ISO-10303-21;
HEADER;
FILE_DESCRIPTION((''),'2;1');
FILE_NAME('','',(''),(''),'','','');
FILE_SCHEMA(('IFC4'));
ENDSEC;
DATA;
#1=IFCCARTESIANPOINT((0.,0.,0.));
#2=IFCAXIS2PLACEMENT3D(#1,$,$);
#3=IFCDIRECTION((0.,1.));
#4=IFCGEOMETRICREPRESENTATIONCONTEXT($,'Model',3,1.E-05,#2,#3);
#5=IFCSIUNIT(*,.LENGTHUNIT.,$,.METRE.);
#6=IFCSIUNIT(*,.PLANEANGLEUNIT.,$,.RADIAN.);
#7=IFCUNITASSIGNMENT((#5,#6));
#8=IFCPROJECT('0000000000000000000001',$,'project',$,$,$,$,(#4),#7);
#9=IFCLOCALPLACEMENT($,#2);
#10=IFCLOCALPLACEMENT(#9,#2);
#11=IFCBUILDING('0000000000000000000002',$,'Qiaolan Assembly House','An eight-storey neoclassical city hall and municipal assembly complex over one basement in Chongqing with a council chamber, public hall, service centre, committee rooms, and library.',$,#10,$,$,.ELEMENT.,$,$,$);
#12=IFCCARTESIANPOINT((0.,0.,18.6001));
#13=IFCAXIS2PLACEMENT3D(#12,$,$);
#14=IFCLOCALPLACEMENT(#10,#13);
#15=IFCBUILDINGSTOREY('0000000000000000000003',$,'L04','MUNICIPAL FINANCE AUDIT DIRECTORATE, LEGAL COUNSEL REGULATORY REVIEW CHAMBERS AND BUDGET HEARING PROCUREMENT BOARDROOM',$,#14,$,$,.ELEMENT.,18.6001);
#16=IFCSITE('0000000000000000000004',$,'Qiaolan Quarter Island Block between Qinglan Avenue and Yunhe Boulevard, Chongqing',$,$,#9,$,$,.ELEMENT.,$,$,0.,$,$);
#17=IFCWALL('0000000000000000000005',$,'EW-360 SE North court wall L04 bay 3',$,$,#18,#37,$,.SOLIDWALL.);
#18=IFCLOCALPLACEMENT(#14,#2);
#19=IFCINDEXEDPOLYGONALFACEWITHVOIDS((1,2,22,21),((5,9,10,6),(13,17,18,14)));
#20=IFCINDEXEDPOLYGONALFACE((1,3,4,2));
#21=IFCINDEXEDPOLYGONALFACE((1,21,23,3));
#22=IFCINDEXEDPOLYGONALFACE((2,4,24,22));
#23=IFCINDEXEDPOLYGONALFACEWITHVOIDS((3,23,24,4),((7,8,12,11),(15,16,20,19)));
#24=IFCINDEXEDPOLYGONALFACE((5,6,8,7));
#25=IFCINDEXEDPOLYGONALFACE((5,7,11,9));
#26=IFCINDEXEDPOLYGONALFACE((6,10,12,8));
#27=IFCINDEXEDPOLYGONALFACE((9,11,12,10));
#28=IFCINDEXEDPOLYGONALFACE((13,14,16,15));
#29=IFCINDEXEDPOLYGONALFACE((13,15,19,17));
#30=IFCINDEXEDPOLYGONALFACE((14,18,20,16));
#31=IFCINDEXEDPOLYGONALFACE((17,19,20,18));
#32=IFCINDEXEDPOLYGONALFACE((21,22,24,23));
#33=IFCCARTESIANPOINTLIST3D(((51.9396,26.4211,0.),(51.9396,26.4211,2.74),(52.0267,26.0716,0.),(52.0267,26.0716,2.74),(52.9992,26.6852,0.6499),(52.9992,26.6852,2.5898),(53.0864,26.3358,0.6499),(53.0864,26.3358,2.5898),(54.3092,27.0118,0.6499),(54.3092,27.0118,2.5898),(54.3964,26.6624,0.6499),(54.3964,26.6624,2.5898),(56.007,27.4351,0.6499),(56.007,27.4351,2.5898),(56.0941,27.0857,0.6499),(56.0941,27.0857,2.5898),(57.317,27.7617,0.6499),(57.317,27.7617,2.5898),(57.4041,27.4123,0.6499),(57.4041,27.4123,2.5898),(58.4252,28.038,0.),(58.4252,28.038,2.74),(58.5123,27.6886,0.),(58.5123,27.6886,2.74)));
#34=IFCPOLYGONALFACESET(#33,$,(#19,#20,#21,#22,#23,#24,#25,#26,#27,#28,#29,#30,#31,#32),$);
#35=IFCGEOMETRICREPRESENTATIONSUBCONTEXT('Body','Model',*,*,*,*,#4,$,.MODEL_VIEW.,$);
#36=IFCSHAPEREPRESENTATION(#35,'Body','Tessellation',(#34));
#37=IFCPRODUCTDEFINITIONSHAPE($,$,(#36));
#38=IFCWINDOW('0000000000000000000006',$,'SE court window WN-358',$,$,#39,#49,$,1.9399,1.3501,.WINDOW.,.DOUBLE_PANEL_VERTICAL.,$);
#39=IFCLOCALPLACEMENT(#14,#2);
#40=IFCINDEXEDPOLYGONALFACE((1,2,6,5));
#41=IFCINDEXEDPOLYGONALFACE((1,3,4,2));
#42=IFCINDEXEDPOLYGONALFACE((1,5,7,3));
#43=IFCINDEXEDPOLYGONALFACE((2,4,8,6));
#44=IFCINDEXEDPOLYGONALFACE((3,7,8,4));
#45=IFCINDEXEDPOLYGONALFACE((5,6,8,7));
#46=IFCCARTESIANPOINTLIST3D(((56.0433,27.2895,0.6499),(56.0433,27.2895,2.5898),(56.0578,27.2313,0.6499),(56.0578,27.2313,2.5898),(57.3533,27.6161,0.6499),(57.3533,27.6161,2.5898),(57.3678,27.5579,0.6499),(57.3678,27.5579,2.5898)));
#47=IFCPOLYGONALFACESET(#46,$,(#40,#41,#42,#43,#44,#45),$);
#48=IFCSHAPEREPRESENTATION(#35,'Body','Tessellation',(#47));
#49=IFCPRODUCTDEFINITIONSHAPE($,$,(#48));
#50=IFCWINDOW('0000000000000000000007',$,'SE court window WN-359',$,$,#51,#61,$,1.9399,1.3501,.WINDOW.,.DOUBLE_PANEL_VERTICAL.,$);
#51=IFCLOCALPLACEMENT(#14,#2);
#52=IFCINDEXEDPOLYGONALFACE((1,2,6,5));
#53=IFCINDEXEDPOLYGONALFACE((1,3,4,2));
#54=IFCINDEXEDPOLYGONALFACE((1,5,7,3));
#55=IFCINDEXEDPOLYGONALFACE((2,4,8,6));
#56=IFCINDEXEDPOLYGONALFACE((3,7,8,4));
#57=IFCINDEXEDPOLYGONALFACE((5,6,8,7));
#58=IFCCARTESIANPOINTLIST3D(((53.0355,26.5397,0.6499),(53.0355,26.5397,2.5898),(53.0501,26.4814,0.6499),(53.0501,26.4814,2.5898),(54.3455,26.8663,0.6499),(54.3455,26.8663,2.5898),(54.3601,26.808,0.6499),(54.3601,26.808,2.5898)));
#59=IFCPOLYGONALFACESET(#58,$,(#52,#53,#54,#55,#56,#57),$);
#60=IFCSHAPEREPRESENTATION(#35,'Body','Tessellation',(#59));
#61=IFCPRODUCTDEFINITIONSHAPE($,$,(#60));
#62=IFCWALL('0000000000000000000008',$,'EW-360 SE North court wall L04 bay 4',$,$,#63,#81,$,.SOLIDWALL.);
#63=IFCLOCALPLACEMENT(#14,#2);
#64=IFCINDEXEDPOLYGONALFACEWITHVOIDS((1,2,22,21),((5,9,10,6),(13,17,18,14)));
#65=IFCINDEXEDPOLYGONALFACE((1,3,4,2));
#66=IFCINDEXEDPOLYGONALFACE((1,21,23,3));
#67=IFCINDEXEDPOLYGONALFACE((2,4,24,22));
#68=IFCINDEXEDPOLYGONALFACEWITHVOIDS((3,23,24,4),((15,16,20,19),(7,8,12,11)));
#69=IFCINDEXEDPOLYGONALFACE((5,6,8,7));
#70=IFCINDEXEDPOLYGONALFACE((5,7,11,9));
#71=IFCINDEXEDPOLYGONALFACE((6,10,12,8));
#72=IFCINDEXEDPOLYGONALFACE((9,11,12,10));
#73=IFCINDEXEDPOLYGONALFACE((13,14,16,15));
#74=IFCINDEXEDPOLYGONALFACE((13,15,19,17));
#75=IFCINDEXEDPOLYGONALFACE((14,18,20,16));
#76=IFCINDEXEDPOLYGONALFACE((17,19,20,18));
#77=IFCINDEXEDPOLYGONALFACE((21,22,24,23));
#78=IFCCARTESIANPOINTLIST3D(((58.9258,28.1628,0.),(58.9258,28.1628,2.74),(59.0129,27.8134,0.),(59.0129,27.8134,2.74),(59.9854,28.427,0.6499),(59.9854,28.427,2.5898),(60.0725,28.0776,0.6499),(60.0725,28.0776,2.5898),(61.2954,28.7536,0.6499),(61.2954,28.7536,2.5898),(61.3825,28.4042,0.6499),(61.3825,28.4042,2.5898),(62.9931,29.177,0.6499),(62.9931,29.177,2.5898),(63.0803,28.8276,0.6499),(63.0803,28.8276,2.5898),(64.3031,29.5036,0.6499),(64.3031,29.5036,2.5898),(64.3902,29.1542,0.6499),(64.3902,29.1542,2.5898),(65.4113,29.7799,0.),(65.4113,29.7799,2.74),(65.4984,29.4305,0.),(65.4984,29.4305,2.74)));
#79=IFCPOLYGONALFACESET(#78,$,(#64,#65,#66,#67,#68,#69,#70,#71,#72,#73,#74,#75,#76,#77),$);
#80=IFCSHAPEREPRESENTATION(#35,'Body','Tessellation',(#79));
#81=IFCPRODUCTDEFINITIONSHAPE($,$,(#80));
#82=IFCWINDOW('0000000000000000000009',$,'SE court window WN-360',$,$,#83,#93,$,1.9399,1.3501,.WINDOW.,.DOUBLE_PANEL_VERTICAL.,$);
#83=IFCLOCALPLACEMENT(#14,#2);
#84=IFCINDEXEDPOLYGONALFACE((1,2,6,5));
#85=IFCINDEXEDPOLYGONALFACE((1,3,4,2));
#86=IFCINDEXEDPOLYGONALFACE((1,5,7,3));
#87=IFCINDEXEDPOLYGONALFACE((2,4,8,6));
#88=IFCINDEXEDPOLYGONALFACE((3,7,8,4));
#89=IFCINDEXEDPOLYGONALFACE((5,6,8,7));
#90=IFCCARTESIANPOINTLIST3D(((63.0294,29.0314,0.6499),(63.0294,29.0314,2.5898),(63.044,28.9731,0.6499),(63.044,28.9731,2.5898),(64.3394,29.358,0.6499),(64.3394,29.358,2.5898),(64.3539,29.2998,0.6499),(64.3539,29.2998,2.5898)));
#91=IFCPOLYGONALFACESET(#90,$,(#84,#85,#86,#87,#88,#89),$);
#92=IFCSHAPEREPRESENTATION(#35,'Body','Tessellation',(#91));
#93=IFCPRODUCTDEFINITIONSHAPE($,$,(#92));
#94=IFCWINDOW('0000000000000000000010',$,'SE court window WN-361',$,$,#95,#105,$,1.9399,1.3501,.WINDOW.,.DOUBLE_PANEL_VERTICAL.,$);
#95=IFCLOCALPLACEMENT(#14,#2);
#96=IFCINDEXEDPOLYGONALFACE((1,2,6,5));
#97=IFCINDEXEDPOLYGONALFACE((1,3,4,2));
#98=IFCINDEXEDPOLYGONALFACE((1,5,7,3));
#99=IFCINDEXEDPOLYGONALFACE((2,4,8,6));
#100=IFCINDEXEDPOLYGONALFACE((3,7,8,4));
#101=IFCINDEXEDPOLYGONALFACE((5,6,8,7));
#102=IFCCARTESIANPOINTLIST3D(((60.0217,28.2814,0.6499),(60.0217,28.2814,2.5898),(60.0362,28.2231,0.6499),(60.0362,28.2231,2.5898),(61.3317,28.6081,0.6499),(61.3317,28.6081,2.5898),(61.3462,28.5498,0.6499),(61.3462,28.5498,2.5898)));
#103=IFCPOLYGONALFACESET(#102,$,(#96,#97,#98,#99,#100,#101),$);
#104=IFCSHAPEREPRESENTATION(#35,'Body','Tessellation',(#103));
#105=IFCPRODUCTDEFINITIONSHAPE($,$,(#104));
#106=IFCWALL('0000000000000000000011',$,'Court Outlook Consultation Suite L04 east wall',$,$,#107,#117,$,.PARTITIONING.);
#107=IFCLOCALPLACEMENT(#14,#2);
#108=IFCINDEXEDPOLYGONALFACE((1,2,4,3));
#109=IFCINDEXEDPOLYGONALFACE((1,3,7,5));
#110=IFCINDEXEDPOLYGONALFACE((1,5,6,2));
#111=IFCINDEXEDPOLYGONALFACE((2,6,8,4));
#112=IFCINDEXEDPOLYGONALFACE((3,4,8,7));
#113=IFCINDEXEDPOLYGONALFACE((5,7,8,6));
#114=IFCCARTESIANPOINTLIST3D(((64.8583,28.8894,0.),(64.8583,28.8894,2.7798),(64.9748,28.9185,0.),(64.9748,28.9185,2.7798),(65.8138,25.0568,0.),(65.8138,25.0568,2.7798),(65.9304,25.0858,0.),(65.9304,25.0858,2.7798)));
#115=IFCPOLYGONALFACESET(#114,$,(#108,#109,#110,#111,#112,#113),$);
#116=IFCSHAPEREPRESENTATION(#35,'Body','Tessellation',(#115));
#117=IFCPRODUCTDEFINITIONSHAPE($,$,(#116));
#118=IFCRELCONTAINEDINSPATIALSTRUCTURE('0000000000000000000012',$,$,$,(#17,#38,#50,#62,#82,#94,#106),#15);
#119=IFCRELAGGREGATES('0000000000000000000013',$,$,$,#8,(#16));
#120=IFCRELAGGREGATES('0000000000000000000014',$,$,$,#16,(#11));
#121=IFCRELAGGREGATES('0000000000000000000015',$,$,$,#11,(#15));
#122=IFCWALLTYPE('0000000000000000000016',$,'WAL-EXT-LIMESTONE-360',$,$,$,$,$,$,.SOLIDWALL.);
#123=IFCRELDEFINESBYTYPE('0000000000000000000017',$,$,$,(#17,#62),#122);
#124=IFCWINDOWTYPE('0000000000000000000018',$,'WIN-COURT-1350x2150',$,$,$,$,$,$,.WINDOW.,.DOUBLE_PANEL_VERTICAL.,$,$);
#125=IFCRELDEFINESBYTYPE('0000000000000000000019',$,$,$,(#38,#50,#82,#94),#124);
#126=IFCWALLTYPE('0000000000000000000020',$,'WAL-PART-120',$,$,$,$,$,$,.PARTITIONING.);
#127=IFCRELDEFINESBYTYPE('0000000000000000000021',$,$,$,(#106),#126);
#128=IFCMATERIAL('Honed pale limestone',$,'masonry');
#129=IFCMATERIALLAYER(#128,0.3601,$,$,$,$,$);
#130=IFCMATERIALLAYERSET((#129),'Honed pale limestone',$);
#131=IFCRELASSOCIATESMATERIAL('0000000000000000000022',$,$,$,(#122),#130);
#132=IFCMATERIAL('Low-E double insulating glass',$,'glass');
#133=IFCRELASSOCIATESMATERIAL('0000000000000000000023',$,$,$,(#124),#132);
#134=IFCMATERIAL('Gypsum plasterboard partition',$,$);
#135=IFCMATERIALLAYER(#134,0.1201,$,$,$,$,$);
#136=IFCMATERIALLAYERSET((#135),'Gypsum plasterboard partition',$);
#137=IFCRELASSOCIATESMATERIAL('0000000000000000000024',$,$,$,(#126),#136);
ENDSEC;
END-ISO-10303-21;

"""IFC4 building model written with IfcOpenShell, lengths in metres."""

from ifc_helpers import new_model, si_unit, direction, frame, frame_2d, origin, place, context, subcontext, project, spatial, rectangle, extrude, material, layer, layer_set, type_object, element, fill, save


model = new_model("IFC4")

# Units and contexts
model_context = context("Model", 3, precision=1e-05, world=origin(), true_north=direction((0.0, 1.0)))
body_context = subcontext(model_context, "Body", "Model", "MODEL_VIEW")
ifc_project = project(units=[si_unit("LENGTHUNIT", "METRE"), si_unit("PLANEANGLEUNIT", "RADIAN")], contexts=[model_context])

# Site, building, storey
site_placement = place(None, origin())
site = spatial("IfcSite", under=ifc_project, at=site_placement, Name="Qiaolan Quarter Island Block between Qinglan Avenue and Yunhe Boulevard, Chongqing", CompositionType="ELEMENT", RefElevation=0.0)
building_placement = place(site_placement, origin())
building = spatial("IfcBuilding", under=site, at=building_placement, Name="Qiaolan Assembly House", Description="An eight-storey neoclassical city hall and municipal assembly complex over one basement in Chongqing with a council chamber, public hall, service centre, committee rooms, and library.", CompositionType="ELEMENT")
storey_placement = place(building_placement, frame((0.0, 0.0, 18.6001)))
storey = spatial("IfcBuildingStorey", under=building, at=storey_placement, Name="L04", Description="MUNICIPAL FINANCE AUDIT DIRECTORATE, LEGAL COUNSEL REGULATORY REVIEW CHAMBERS AND BUDGET HEARING PROCUREMENT BOARDROOM", CompositionType="ELEMENT", Elevation=18.6001)

# Walls, openings, windows
ifc_material_1 = material(Name="Honed pale limestone", Category="masonry")
ifc_layer_1 = layer(ifc_material_1, 0.3601)
ifc_layer_set_1 = layer_set([ifc_layer_1], Name="Honed pale limestone")
wall_type_1 = type_object("IfcWallType", Name="WAL-EXT-LIMESTONE-360", PredefinedType="SOLIDWALL", material=ifc_layer_set_1)
wall_1_placement = place(storey_placement, frame((58.4688, 27.8633, 0.0), z_axis=(0.0, 0.0, 1.0), x_axis=(-0.970299, -0.241908, 0.0)))
wall_1 = element("IfcWall", 1, at=wall_1_placement, inside=storey, type_object=wall_type_1, Name="EW-360 SE North court wall L04 bay 3", PredefinedType="SOLIDWALL", context=body_context, shape_type="SweptSolid", body=[
    extrude(rectangle(XDim=6.6841, YDim=0.3601, at=frame_2d((3.342, 0.0))), origin(), (0.0, 0.0, 1.0), 2.74),
])
opening_1_placement = place(wall_1_placement, frame((1.1421, 0.0, 0.6499)))
opening_1 = element("IfcOpeningElement", 2, at=opening_1_placement, cuts=wall_1, PredefinedType="OPENING", context=body_context, shape_type="SweptSolid", body=[
    extrude(rectangle(XDim=1.3501, YDim=1.9399, at=frame_2d((0.675, 0.97))), frame((0.0, 0.1899, 0.0), z_axis=(0.0, -1.0, 0.0), x_axis=(1.0, 0.0, 0.0)), (0.0, 0.0, 1.0), 0.3801),
])
opening_2_placement = place(wall_1_placement, frame((4.2419, 0.0, 0.6499)))
opening_2 = element("IfcOpeningElement", 3, at=opening_2_placement, cuts=wall_1, PredefinedType="OPENING", context=body_context, shape_type="SweptSolid", body=[
    extrude(rectangle(XDim=1.3501, YDim=1.9399, at=frame_2d((0.675, 0.97))), frame((0.0, 0.1899, 0.0), z_axis=(0.0, -1.0, 0.0), x_axis=(1.0, 0.0, 0.0)), (0.0, 0.0, 1.0), 0.3801),
])
ifc_material_2 = material(Name="Low-E double insulating glass", Category="glass")
window_type = type_object("IfcWindowType", Name="WIN-COURT-1350x2150", PartitioningType="DOUBLE_PANEL_VERTICAL", PredefinedType="WINDOW", material=ifc_material_2)
window_1_placement = place(opening_1_placement, origin())
window_1 = element("IfcWindow", 4, at=window_1_placement, inside=storey, type_object=window_type, Name="SE court window WN-358", OverallHeight=1.9399, OverallWidth=1.3501, PartitioningType="DOUBLE_PANEL_VERTICAL", PredefinedType="WINDOW", context=body_context, shape_type="SweptSolid", body=[
    extrude(rectangle(XDim=1.3501, YDim=1.9399, at=frame_2d((0.675, 0.97))), frame((0.0, 0.03, 0.0), z_axis=(0.0, -1.0, 0.0), x_axis=(1.0, 0.0, 0.0)), (0.0, 0.0, 1.0), 0.0601),
])
fill(opening_1, window_1)
window_2_placement = place(opening_2_placement, origin())
window_2 = element("IfcWindow", 5, at=window_2_placement, inside=storey, type_object=window_type, Name="SE court window WN-359", OverallHeight=1.9399, OverallWidth=1.3501, PartitioningType="DOUBLE_PANEL_VERTICAL", PredefinedType="WINDOW", context=body_context, shape_type="SweptSolid", body=[
    extrude(rectangle(XDim=1.3501, YDim=1.9399, at=frame_2d((0.675, 0.97))), frame((0.0, 0.03, 0.0), z_axis=(0.0, -1.0, 0.0), x_axis=(1.0, 0.0, 0.0)), (0.0, 0.0, 1.0), 0.0601),
])
fill(opening_2, window_2)
wall_2_placement = place(storey_placement, frame((65.4548, 29.6052, 0.0), z_axis=(0.0, 0.0, 1.0), x_axis=(-0.970291, -0.241943, 0.0)))
wall_2 = element("IfcWall", 6, at=wall_2_placement, inside=storey, type_object=wall_type_1, Name="EW-360 SE North court wall L04 bay 4", PredefinedType="SOLIDWALL", context=body_context, shape_type="SweptSolid", body=[
    extrude(rectangle(XDim=6.6841, YDim=0.3601, at=frame_2d((3.342, 0.0))), origin(), (0.0, 0.0, 1.0), 2.74),
])
opening_3_placement = place(wall_2_placement, frame((1.1421, 0.0, 0.6499)))
opening_3 = element("IfcOpeningElement", 7, at=opening_3_placement, cuts=wall_2, PredefinedType="OPENING", context=body_context, shape_type="SweptSolid", body=[
    extrude(rectangle(XDim=1.3501, YDim=1.9399, at=frame_2d((0.675, 0.97))), frame((0.0, 0.1899, 0.0), z_axis=(0.0, -1.0, 0.0), x_axis=(1.0, 0.0, 0.0)), (0.0, 0.0, 1.0), 0.3801),
])
opening_4_placement = place(wall_2_placement, frame((4.2419, 0.0, 0.6499)))
opening_4 = element("IfcOpeningElement", 8, at=opening_4_placement, cuts=wall_2, PredefinedType="OPENING", context=body_context, shape_type="SweptSolid", body=[
    extrude(rectangle(XDim=1.3501, YDim=1.9399, at=frame_2d((0.675, 0.97))), frame((0.0, 0.1899, 0.0), z_axis=(0.0, -1.0, 0.0), x_axis=(1.0, 0.0, 0.0)), (0.0, 0.0, 1.0), 0.3801),
])
window_3_placement = place(opening_3_placement, origin())
window_3 = element("IfcWindow", 9, at=window_3_placement, inside=storey, type_object=window_type, Name="SE court window WN-360", OverallHeight=1.9399, OverallWidth=1.3501, PartitioningType="DOUBLE_PANEL_VERTICAL", PredefinedType="WINDOW", context=body_context, shape_type="SweptSolid", body=[
    extrude(rectangle(XDim=1.3501, YDim=1.9399, at=frame_2d((0.675, 0.97))), frame((0.0, 0.03, 0.0), z_axis=(0.0, -1.0, 0.0), x_axis=(1.0, 0.0, 0.0)), (0.0, 0.0, 1.0), 0.0601),
])
fill(opening_3, window_3)
window_4_placement = place(opening_4_placement, origin())
window_4 = element("IfcWindow", 10, at=window_4_placement, inside=storey, type_object=window_type, Name="SE court window WN-361", OverallHeight=1.9399, OverallWidth=1.3501, PartitioningType="DOUBLE_PANEL_VERTICAL", PredefinedType="WINDOW", context=body_context, shape_type="SweptSolid", body=[
    extrude(rectangle(XDim=1.3501, YDim=1.9399, at=frame_2d((0.675, 0.97))), frame((0.0, 0.03, 0.0), z_axis=(0.0, -1.0, 0.0), x_axis=(1.0, 0.0, 0.0)), (0.0, 0.0, 1.0), 0.0601),
])
fill(opening_4, window_4)

# Wall
ifc_material_3 = material(Name="Gypsum plasterboard partition")
ifc_layer_2 = layer(ifc_material_3, 0.1201)
ifc_layer_set_2 = layer_set([ifc_layer_2], Name="Gypsum plasterboard partition")
wall_type_2 = type_object("IfcWallType", Name="WAL-PART-120", PredefinedType="PARTITIONING", material=ifc_layer_set_2)
wall_3_placement = place(storey_placement, frame((64.9165, 28.9041, 0.0), z_axis=(0.0, 0.0, 1.0), x_axis=(0.241925, -0.970295, 0.0)))
element("IfcWall", 11, at=wall_3_placement, inside=storey, type_object=wall_type_2, Name="Court Outlook Consultation Suite L04 east wall", PredefinedType="PARTITIONING", context=body_context, shape_type="SweptSolid", body=[
    extrude(rectangle(XDim=3.95, YDim=0.1201, at=frame_2d((1.9751, 0.0))), origin(), (0.0, 0.0, 1.0), 2.7798),
])

save(model, "model.ifc")
